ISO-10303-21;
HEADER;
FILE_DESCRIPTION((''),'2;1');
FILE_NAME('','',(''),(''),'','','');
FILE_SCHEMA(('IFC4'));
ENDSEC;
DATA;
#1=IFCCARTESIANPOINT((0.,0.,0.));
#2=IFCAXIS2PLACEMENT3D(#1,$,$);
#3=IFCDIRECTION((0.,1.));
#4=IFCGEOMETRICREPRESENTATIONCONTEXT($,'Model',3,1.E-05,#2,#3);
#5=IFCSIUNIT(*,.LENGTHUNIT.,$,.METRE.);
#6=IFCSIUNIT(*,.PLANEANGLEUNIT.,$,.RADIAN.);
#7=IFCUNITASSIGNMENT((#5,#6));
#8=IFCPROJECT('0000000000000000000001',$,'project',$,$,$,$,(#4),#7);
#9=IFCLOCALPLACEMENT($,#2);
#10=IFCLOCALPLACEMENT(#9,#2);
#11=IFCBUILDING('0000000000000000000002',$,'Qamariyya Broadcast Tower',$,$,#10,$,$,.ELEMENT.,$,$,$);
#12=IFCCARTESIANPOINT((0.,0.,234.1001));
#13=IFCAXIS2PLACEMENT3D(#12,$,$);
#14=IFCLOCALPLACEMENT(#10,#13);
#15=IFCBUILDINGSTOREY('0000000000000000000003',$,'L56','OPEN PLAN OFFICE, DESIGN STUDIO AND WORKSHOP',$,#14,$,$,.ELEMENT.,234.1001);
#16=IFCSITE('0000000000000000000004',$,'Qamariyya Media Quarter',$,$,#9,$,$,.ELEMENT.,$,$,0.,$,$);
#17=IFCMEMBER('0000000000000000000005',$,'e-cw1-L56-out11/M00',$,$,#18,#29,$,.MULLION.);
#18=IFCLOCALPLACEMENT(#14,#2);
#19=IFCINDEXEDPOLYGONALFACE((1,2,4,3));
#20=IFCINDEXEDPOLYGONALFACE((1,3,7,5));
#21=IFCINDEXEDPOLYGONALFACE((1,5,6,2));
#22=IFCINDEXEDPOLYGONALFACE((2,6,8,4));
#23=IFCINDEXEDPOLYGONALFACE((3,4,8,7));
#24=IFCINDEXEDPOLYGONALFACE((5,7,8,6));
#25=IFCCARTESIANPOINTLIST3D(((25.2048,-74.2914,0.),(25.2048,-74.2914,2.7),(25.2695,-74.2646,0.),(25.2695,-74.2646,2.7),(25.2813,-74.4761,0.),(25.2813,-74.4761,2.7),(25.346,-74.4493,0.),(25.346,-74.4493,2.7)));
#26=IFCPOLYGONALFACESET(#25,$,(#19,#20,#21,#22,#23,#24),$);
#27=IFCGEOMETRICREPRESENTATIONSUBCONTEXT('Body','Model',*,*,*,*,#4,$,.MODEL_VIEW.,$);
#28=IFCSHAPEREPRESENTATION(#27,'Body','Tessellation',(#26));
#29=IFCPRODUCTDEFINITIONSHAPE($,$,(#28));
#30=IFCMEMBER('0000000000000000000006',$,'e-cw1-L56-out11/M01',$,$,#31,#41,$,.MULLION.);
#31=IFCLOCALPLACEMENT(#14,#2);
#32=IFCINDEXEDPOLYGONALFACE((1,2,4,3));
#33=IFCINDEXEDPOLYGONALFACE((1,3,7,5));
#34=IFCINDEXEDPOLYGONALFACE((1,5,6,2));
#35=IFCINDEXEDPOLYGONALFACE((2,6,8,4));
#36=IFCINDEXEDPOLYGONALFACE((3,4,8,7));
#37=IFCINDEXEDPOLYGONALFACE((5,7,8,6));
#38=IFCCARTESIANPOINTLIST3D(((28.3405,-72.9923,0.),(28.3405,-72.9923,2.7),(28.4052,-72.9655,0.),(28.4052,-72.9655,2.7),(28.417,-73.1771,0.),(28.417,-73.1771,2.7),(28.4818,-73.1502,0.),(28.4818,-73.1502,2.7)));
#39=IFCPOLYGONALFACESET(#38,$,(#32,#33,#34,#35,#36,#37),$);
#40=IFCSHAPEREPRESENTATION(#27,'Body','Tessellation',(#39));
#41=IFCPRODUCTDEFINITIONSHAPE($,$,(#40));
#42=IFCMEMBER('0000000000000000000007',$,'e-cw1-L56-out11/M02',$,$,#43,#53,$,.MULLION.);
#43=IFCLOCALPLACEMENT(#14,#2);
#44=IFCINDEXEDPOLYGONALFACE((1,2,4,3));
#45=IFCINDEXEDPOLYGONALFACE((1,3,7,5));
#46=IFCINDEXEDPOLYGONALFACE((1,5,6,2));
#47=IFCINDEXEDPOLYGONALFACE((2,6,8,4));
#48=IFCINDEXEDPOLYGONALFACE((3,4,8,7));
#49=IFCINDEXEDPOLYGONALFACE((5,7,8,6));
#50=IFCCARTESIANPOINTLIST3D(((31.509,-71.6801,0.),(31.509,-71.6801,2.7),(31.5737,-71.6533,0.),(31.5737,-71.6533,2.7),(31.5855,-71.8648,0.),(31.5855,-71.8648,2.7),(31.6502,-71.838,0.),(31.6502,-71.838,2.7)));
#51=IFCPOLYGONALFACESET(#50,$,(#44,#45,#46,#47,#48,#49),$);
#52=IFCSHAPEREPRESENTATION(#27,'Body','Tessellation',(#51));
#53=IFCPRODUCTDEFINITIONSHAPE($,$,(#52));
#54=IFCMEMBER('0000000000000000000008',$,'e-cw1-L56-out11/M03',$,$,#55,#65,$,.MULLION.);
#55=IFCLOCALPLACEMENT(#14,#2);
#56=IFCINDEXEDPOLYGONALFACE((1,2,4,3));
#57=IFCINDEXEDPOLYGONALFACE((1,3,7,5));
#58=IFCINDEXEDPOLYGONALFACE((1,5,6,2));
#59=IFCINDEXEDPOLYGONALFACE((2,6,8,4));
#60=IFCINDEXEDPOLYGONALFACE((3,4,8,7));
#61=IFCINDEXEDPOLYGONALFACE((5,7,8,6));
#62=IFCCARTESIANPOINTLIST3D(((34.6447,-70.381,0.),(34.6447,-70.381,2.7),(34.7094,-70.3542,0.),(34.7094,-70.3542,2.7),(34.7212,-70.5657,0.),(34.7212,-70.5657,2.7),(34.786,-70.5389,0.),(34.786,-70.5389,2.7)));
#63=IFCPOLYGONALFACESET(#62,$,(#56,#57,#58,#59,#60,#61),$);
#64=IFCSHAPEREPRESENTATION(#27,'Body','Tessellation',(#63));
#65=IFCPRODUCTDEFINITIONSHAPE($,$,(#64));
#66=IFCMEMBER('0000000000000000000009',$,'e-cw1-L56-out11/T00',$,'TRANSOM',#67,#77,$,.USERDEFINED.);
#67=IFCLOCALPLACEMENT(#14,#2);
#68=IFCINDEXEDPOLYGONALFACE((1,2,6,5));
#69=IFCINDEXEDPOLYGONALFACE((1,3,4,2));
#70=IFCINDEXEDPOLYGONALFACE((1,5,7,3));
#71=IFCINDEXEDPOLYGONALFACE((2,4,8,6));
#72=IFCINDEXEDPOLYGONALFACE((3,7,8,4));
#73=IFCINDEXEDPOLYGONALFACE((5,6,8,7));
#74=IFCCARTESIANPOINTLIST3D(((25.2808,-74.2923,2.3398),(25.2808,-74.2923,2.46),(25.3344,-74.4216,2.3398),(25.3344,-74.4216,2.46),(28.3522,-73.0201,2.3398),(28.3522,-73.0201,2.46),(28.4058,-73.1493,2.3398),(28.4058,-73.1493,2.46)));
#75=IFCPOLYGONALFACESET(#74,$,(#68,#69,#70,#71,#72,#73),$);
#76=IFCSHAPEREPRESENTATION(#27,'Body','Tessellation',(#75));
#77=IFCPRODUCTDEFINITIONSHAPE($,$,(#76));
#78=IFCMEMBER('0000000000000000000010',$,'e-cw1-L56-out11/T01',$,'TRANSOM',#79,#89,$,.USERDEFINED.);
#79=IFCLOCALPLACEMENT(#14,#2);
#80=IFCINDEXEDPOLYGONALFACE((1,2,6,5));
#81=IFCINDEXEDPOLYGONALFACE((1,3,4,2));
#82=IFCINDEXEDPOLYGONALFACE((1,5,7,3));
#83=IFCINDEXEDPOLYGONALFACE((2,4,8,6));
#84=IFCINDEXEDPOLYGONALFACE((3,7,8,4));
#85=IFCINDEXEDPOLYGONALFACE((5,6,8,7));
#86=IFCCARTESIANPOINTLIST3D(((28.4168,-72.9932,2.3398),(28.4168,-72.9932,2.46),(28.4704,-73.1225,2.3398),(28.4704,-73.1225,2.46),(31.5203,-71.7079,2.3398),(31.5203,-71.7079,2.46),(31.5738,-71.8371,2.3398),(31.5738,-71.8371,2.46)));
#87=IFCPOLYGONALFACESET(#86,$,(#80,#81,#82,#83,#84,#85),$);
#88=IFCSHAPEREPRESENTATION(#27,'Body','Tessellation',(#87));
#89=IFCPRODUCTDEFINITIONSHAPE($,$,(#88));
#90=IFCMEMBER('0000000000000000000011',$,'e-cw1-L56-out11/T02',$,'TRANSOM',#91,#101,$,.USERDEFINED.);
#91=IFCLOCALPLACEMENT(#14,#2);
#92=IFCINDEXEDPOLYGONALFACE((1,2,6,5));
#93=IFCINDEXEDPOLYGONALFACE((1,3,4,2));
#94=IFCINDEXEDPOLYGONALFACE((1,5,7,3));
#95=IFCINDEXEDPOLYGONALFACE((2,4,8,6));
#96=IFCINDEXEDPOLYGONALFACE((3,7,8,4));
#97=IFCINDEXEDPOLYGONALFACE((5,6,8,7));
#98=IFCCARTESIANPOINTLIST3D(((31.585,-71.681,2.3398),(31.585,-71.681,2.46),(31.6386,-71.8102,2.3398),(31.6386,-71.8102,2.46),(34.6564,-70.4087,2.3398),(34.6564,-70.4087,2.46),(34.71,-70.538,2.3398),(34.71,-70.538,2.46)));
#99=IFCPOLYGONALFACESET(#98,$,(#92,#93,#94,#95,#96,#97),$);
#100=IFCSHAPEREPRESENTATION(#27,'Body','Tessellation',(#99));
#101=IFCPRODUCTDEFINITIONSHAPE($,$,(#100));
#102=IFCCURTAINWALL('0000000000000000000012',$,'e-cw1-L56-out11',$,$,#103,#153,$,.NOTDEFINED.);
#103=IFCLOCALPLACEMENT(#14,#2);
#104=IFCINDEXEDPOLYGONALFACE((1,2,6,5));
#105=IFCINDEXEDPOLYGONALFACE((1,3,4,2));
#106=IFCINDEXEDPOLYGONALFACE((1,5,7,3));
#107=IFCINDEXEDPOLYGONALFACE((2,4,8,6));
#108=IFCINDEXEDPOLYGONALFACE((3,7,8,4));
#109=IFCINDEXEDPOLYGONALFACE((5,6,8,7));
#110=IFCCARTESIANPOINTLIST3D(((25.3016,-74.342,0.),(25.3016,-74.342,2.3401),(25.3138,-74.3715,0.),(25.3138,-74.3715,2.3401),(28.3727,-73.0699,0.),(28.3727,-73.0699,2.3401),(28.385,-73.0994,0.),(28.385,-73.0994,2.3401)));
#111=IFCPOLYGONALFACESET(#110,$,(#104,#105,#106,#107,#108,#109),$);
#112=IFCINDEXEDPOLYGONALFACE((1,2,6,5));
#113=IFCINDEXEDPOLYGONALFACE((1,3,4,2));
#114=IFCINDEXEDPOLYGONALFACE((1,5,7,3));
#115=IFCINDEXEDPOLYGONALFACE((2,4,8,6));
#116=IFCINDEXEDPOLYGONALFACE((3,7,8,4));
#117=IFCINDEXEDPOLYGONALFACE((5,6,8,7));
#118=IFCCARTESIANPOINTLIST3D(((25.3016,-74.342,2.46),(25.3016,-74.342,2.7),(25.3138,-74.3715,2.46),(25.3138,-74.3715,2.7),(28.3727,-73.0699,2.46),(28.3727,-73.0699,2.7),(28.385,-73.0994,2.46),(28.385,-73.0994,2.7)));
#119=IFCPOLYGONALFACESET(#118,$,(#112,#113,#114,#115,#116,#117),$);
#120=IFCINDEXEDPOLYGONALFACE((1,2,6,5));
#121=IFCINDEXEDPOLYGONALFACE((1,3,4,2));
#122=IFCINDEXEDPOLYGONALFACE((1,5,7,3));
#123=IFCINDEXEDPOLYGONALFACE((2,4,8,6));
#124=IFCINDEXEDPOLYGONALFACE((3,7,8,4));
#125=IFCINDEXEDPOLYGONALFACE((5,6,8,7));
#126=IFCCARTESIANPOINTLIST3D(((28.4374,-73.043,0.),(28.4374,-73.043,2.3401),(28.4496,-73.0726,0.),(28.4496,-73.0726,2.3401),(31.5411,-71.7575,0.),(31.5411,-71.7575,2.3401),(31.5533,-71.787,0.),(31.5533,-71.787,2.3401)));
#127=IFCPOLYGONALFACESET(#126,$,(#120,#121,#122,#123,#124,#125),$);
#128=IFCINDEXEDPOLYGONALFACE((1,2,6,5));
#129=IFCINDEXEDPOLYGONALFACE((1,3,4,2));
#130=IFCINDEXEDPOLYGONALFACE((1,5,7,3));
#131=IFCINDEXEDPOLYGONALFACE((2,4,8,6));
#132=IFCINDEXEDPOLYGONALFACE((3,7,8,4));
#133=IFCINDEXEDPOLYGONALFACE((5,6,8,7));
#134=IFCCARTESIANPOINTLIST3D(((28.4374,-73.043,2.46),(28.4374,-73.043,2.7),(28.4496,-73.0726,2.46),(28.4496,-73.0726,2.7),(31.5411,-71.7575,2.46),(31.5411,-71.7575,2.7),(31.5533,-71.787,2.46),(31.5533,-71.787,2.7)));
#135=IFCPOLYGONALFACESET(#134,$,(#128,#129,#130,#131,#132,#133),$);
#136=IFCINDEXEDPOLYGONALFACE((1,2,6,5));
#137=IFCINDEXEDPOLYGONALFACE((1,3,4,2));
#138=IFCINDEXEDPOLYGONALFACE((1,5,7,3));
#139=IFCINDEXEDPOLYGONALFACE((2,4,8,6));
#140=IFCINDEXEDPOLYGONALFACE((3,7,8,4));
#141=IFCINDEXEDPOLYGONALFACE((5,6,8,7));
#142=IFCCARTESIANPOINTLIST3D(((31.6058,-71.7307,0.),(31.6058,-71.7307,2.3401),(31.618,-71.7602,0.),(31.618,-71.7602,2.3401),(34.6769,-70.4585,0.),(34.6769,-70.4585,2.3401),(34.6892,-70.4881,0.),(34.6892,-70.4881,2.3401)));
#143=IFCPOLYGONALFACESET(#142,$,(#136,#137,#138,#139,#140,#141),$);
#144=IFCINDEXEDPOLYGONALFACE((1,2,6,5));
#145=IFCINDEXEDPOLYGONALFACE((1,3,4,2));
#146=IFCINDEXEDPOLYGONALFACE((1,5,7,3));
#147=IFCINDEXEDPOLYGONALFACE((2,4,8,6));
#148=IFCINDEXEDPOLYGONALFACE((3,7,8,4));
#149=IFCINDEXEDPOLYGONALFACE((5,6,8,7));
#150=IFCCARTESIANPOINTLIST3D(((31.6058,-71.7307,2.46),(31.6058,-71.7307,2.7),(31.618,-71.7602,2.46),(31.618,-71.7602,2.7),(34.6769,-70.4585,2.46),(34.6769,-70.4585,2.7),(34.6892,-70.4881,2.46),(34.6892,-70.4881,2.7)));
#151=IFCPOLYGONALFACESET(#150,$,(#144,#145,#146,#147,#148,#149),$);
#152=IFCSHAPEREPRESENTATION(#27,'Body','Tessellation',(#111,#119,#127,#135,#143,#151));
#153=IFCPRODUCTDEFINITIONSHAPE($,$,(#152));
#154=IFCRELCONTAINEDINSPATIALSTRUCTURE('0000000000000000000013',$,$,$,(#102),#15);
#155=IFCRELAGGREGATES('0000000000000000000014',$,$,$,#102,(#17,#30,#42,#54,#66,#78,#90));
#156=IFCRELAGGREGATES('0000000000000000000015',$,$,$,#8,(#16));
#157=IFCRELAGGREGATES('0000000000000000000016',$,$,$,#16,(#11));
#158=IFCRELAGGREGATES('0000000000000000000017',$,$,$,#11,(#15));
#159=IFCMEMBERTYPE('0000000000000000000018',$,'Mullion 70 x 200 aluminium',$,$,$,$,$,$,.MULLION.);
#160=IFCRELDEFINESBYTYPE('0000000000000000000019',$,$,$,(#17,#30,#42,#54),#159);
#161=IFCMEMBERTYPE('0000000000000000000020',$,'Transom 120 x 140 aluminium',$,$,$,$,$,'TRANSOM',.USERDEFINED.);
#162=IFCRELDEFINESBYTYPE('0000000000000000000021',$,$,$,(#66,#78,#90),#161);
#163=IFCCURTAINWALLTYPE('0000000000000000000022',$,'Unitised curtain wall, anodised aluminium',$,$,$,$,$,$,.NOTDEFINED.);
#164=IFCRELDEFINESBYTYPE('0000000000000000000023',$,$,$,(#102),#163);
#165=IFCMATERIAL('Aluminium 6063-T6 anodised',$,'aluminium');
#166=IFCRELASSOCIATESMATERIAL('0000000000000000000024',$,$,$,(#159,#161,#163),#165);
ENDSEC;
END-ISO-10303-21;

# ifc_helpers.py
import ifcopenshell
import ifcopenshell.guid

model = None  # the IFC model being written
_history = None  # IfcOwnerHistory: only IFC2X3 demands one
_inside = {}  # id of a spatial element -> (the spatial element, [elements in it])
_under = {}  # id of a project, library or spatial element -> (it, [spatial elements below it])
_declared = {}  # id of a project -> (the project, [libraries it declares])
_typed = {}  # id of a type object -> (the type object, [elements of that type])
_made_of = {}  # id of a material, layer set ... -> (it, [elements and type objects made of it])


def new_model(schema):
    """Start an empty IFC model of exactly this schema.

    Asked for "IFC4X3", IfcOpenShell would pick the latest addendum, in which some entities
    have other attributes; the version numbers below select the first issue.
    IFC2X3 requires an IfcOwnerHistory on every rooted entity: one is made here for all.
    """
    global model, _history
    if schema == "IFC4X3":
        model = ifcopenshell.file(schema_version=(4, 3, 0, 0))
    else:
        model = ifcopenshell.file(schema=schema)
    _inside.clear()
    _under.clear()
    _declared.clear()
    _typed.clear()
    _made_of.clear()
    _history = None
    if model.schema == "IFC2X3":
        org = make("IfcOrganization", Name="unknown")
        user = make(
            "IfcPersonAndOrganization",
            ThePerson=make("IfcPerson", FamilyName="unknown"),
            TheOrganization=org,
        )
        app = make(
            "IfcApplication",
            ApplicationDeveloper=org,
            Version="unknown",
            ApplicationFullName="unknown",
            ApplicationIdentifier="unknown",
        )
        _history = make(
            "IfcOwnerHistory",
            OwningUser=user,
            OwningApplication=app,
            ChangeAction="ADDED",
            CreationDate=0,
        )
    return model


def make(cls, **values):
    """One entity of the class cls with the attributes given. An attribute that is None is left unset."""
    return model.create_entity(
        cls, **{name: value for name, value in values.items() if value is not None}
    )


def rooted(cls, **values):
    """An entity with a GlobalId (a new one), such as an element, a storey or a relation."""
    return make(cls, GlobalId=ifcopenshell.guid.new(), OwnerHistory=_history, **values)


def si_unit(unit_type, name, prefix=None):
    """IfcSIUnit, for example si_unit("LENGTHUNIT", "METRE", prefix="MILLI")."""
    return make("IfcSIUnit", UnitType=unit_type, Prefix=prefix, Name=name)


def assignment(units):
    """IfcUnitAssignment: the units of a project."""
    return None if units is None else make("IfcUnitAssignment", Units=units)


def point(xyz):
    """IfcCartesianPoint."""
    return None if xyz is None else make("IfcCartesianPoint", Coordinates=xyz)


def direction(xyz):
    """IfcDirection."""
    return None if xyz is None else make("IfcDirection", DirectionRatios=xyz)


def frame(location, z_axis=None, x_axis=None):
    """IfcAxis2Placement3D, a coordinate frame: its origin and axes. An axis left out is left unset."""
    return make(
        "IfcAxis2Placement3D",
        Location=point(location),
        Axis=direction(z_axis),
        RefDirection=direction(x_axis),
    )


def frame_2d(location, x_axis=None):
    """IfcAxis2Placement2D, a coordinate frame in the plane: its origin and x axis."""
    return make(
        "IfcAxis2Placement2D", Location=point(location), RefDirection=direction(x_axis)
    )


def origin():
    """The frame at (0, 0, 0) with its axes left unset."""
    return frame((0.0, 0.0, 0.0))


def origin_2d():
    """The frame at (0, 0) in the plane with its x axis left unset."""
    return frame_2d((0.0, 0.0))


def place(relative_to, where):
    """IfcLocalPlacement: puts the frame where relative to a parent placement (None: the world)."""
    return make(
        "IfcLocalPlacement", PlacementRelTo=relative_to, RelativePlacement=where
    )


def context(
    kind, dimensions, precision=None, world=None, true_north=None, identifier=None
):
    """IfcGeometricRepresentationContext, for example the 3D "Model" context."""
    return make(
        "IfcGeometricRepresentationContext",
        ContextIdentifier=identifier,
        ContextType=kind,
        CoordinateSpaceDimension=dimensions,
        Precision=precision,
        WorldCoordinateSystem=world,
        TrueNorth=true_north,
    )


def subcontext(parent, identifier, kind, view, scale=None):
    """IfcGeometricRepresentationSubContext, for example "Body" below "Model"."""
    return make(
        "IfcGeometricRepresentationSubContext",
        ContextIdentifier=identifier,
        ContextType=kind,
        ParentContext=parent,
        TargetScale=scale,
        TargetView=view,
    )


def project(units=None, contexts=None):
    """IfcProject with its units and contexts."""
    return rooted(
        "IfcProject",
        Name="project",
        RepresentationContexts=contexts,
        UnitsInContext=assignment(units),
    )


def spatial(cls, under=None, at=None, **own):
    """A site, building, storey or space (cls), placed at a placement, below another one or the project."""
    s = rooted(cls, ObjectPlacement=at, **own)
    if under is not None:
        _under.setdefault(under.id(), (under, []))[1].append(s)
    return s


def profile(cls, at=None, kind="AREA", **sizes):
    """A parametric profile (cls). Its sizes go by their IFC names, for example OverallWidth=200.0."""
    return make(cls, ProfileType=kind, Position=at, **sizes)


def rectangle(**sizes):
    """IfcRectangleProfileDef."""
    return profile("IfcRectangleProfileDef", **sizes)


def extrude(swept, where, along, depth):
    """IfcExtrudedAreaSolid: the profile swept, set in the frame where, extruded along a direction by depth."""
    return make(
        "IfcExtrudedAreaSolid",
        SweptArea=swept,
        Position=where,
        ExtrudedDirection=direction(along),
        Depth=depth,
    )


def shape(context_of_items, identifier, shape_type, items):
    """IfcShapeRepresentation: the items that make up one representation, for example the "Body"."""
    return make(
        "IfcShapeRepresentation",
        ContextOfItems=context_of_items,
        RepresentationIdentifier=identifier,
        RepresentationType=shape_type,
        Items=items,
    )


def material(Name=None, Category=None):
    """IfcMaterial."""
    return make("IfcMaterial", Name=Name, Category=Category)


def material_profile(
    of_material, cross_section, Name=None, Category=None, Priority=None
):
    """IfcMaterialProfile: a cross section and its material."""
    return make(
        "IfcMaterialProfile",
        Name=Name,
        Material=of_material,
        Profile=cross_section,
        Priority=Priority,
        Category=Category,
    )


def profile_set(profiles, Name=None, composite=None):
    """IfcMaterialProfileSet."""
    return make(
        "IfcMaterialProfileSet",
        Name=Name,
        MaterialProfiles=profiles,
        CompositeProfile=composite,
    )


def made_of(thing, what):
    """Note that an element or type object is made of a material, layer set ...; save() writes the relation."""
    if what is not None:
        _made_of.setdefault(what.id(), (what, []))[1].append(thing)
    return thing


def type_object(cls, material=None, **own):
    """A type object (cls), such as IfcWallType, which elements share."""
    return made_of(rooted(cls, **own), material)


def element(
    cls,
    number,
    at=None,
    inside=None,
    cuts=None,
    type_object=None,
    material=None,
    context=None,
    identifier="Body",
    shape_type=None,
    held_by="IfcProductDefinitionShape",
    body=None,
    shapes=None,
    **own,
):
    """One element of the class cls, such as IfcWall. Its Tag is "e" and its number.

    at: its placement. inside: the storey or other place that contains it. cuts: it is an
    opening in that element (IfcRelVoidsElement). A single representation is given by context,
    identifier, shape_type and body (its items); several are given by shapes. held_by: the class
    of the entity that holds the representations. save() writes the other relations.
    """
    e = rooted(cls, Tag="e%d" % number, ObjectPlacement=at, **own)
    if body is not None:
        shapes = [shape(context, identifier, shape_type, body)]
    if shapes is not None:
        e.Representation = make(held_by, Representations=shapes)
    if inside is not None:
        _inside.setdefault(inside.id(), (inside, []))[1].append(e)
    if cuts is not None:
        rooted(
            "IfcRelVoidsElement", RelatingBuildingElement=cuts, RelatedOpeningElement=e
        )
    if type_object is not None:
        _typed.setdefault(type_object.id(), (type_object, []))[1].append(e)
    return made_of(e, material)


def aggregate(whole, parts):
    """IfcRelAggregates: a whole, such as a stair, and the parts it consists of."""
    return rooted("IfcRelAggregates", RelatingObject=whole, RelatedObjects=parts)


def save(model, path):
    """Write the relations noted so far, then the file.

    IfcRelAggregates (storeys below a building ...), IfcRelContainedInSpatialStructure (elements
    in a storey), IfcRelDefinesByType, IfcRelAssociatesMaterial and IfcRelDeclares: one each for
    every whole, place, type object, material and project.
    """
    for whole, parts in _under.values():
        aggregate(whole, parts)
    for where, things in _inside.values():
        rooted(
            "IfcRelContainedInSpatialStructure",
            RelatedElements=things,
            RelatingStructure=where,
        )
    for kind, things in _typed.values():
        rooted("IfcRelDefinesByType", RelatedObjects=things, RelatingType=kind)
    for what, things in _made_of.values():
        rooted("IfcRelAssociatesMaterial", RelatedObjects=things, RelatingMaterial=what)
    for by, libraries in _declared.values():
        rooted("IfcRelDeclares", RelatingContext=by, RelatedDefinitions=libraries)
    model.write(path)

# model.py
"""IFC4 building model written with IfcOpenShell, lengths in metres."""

from ifc_helpers import new_model, si_unit, direction, frame, origin, origin_2d, place, context, subcontext, project, spatial, rectangle, extrude, material, material_profile, profile_set, type_object, element, aggregate, save


model = new_model("IFC4")

# Units and contexts
model_context = context("Model", 3, precision=1e-05, world=origin(), true_north=direction((0.0, 1.0)))
body_context = subcontext(model_context, "Body", "Model", "MODEL_VIEW")
ifc_project = project(units=[si_unit("LENGTHUNIT", "METRE"), si_unit("PLANEANGLEUNIT", "RADIAN")], contexts=[model_context])

# Members
ifc_material = material(Name="Aluminium 6063-T6 anodised", Category="aluminium")
ifc_material_profile_1 = material_profile(ifc_material, rectangle(XDim=0.2, YDim=0.0701, at=origin_2d()))
ifc_profile_set_1 = profile_set([ifc_material_profile_1], Name="Aluminium 6063-T6 anodised")
member_type_1 = type_object("IfcMemberType", Name="Mullion 70 x 200 aluminium", PredefinedType="MULLION", material=ifc_profile_set_1)
site_placement = place(None, origin())
building_placement = place(site_placement, origin())
storey_placement = place(building_placement, frame((0.0, 0.0, 234.1001)))
member_1_placement = place(storey_placement, frame((25.2754, -74.3704, 0.0), z_axis=(0.0, 0.0, 1.0), x_axis=(-0.382683, 0.92388, 0.0)))
member_1 = element("IfcMember", 1, at=member_1_placement, type_object=member_type_1, Name="e-cw1-L56-out11/M00", PredefinedType="MULLION", context=body_context, shape_type="SweptSolid", body=[
    extrude(rectangle(XDim=0.2, YDim=0.0701, at=origin_2d()), origin(), (0.0, 0.0, 1.0), 2.7),
])
member_2_placement = place(storey_placement, frame((28.4111, -73.0713, 0.0), z_axis=(0.0, 0.0, 1.0), x_axis=(-0.382683, 0.92388, 0.0)))
member_2 = element("IfcMember", 2, at=member_2_placement, type_object=member_type_1, Name="e-cw1-L56-out11/M01", PredefinedType="MULLION", context=body_context, shape_type="SweptSolid", body=[
    extrude(rectangle(XDim=0.2, YDim=0.0701, at=origin_2d()), origin(), (0.0, 0.0, 1.0), 2.7),
])
member_3_placement = place(storey_placement, frame((31.5796, -71.759, 0.0), z_axis=(0.0, 0.0, 1.0), x_axis=(-0.382683, 0.92388, 0.0)))
member_3 = element("IfcMember", 3, at=member_3_placement, type_object=member_type_1, Name="e-cw1-L56-out11/M02", PredefinedType="MULLION", context=body_context, shape_type="SweptSolid", body=[
    extrude(rectangle(XDim=0.2, YDim=0.0701, at=origin_2d()), origin(), (0.0, 0.0, 1.0), 2.7),
])
member_4_placement = place(storey_placement, frame((34.7153, -70.46, 0.0), z_axis=(0.0, 0.0, 1.0), x_axis=(-0.382683, 0.92388, 0.0)))
member_4 = element("IfcMember", 4, at=member_4_placement, type_object=member_type_1, Name="e-cw1-L56-out11/M03", PredefinedType="MULLION", context=body_context, shape_type="SweptSolid", body=[
    extrude(rectangle(XDim=0.2, YDim=0.0701, at=origin_2d()), origin(), (0.0, 0.0, 1.0), 2.7),
])
ifc_material_profile_2 = material_profile(ifc_material, rectangle(XDim=0.1399, YDim=0.1201, at=origin_2d()))
ifc_profile_set_2 = profile_set([ifc_material_profile_2], Name="Aluminium 6063-T6 anodised")
member_type_2 = type_object("IfcMemberType", Name="Transom 120 x 140 aluminium", ElementType="TRANSOM", PredefinedType="USERDEFINED", material=ifc_profile_set_2)
member_5_placement = place(storey_placement, frame((25.3076, -74.3569, 2.3999), z_axis=(0.923875, 0.382696, 0.0), x_axis=(-0.382696, 0.923875, 0.0)))
member_5 = element("IfcMember", 5, at=member_5_placement, type_object=member_type_2, Name="e-cw1-L56-out11/T00", ObjectType="TRANSOM", PredefinedType="USERDEFINED", context=body_context, shape_type="SweptSolid", body=[
    extrude(rectangle(XDim=0.1399, YDim=0.1201, at=origin_2d()), origin(), (0.0, 0.0, 1.0), 3.3245),
])
member_6_placement = place(storey_placement, frame((28.4436, -73.0579, 2.3999), z_axis=(0.923892, 0.382653, 0.0), x_axis=(-0.382653, 0.923892, 0.0)))
member_6 = element("IfcMember", 6, at=member_6_placement, type_object=member_type_2, Name="e-cw1-L56-out11/T01", ObjectType="TRANSOM", PredefinedType="USERDEFINED", context=body_context, shape_type="SweptSolid", body=[
    extrude(rectangle(XDim=0.1399, YDim=0.1201, at=origin_2d()), origin(), (0.0, 0.0, 1.0), 3.3591),
])
member_7_placement = place(storey_placement, frame((31.6118, -71.7456, 2.3999), z_axis=(0.923875, 0.382696, 0.0), x_axis=(-0.382696, 0.923875, 0.0)))
member_7 = element("IfcMember", 7, at=member_7_placement, type_object=member_type_2, Name="e-cw1-L56-out11/T02", ObjectType="TRANSOM", PredefinedType="USERDEFINED", context=body_context, shape_type="SweptSolid", body=[
    extrude(rectangle(XDim=0.1399, YDim=0.1201, at=origin_2d()), origin(), (0.0, 0.0, 1.0), 3.3245),
])

# Site, building, storey
site = spatial("IfcSite", under=ifc_project, at=site_placement, Name="Qamariyya Media Quarter", CompositionType="ELEMENT", RefElevation=0.0)
building = spatial("IfcBuilding", under=site, at=building_placement, Name="Qamariyya Broadcast Tower", CompositionType="ELEMENT")
storey = spatial("IfcBuildingStorey", under=building, at=storey_placement, Name="L56", Description="OPEN PLAN OFFICE, DESIGN STUDIO AND WORKSHOP", CompositionType="ELEMENT", Elevation=234.1001)

# Curtain wall
curtain_wall_type = type_object("IfcCurtainWallType", Name="Unitised curtain wall, anodised aluminium", PredefinedType="NOTDEFINED", material=ifc_material)
curtain_wall_1_placement = place(storey_placement, origin())
curtain_wall_1 = element("IfcCurtainWall", 8, at=curtain_wall_1_placement, inside=storey, type_object=curtain_wall_type, Name="e-cw1-L56-out11", PredefinedType="NOTDEFINED", context=body_context, shape_type="SweptSolid", body=[
    extrude(rectangle(XDim=3.3242, YDim=0.032, at=origin_2d()), frame((26.8433, -73.7207, 0.0), x_axis=(0.923881, 0.38268, 0.0)), (0.0, 0.0, 1.0), 2.3401),
    extrude(rectangle(XDim=3.3242, YDim=0.032, at=origin_2d()), frame((26.8433, -73.7207, 2.46), x_axis=(0.923881, 0.38268, 0.0)), (0.0, 0.0, 1.0), 0.24),
    extrude(rectangle(XDim=3.3594, YDim=0.032, at=origin_2d()), frame((29.9954, -72.415, 0.0), x_axis=(0.923881, 0.38268, 0.0)), (0.0, 0.0, 1.0), 2.3401),
    extrude(rectangle(XDim=3.3594, YDim=0.032, at=origin_2d()), frame((29.9954, -72.415, 2.46), x_axis=(0.923881, 0.38268, 0.0)), (0.0, 0.0, 1.0), 0.24),
    extrude(rectangle(XDim=3.3242, YDim=0.032, at=origin_2d()), frame((33.1475, -71.1094, 0.0), x_axis=(0.923881, 0.38268, 0.0)), (0.0, 0.0, 1.0), 2.3401),
    extrude(rectangle(XDim=3.3242, YDim=0.032, at=origin_2d()), frame((33.1475, -71.1094, 2.46), x_axis=(0.923881, 0.38268, 0.0)), (0.0, 0.0, 1.0), 0.24),
])
aggregate(curtain_wall_1, [member_1, member_2, member_3, member_4, member_5, member_6, member_7])

save(model, "model.ifc")
